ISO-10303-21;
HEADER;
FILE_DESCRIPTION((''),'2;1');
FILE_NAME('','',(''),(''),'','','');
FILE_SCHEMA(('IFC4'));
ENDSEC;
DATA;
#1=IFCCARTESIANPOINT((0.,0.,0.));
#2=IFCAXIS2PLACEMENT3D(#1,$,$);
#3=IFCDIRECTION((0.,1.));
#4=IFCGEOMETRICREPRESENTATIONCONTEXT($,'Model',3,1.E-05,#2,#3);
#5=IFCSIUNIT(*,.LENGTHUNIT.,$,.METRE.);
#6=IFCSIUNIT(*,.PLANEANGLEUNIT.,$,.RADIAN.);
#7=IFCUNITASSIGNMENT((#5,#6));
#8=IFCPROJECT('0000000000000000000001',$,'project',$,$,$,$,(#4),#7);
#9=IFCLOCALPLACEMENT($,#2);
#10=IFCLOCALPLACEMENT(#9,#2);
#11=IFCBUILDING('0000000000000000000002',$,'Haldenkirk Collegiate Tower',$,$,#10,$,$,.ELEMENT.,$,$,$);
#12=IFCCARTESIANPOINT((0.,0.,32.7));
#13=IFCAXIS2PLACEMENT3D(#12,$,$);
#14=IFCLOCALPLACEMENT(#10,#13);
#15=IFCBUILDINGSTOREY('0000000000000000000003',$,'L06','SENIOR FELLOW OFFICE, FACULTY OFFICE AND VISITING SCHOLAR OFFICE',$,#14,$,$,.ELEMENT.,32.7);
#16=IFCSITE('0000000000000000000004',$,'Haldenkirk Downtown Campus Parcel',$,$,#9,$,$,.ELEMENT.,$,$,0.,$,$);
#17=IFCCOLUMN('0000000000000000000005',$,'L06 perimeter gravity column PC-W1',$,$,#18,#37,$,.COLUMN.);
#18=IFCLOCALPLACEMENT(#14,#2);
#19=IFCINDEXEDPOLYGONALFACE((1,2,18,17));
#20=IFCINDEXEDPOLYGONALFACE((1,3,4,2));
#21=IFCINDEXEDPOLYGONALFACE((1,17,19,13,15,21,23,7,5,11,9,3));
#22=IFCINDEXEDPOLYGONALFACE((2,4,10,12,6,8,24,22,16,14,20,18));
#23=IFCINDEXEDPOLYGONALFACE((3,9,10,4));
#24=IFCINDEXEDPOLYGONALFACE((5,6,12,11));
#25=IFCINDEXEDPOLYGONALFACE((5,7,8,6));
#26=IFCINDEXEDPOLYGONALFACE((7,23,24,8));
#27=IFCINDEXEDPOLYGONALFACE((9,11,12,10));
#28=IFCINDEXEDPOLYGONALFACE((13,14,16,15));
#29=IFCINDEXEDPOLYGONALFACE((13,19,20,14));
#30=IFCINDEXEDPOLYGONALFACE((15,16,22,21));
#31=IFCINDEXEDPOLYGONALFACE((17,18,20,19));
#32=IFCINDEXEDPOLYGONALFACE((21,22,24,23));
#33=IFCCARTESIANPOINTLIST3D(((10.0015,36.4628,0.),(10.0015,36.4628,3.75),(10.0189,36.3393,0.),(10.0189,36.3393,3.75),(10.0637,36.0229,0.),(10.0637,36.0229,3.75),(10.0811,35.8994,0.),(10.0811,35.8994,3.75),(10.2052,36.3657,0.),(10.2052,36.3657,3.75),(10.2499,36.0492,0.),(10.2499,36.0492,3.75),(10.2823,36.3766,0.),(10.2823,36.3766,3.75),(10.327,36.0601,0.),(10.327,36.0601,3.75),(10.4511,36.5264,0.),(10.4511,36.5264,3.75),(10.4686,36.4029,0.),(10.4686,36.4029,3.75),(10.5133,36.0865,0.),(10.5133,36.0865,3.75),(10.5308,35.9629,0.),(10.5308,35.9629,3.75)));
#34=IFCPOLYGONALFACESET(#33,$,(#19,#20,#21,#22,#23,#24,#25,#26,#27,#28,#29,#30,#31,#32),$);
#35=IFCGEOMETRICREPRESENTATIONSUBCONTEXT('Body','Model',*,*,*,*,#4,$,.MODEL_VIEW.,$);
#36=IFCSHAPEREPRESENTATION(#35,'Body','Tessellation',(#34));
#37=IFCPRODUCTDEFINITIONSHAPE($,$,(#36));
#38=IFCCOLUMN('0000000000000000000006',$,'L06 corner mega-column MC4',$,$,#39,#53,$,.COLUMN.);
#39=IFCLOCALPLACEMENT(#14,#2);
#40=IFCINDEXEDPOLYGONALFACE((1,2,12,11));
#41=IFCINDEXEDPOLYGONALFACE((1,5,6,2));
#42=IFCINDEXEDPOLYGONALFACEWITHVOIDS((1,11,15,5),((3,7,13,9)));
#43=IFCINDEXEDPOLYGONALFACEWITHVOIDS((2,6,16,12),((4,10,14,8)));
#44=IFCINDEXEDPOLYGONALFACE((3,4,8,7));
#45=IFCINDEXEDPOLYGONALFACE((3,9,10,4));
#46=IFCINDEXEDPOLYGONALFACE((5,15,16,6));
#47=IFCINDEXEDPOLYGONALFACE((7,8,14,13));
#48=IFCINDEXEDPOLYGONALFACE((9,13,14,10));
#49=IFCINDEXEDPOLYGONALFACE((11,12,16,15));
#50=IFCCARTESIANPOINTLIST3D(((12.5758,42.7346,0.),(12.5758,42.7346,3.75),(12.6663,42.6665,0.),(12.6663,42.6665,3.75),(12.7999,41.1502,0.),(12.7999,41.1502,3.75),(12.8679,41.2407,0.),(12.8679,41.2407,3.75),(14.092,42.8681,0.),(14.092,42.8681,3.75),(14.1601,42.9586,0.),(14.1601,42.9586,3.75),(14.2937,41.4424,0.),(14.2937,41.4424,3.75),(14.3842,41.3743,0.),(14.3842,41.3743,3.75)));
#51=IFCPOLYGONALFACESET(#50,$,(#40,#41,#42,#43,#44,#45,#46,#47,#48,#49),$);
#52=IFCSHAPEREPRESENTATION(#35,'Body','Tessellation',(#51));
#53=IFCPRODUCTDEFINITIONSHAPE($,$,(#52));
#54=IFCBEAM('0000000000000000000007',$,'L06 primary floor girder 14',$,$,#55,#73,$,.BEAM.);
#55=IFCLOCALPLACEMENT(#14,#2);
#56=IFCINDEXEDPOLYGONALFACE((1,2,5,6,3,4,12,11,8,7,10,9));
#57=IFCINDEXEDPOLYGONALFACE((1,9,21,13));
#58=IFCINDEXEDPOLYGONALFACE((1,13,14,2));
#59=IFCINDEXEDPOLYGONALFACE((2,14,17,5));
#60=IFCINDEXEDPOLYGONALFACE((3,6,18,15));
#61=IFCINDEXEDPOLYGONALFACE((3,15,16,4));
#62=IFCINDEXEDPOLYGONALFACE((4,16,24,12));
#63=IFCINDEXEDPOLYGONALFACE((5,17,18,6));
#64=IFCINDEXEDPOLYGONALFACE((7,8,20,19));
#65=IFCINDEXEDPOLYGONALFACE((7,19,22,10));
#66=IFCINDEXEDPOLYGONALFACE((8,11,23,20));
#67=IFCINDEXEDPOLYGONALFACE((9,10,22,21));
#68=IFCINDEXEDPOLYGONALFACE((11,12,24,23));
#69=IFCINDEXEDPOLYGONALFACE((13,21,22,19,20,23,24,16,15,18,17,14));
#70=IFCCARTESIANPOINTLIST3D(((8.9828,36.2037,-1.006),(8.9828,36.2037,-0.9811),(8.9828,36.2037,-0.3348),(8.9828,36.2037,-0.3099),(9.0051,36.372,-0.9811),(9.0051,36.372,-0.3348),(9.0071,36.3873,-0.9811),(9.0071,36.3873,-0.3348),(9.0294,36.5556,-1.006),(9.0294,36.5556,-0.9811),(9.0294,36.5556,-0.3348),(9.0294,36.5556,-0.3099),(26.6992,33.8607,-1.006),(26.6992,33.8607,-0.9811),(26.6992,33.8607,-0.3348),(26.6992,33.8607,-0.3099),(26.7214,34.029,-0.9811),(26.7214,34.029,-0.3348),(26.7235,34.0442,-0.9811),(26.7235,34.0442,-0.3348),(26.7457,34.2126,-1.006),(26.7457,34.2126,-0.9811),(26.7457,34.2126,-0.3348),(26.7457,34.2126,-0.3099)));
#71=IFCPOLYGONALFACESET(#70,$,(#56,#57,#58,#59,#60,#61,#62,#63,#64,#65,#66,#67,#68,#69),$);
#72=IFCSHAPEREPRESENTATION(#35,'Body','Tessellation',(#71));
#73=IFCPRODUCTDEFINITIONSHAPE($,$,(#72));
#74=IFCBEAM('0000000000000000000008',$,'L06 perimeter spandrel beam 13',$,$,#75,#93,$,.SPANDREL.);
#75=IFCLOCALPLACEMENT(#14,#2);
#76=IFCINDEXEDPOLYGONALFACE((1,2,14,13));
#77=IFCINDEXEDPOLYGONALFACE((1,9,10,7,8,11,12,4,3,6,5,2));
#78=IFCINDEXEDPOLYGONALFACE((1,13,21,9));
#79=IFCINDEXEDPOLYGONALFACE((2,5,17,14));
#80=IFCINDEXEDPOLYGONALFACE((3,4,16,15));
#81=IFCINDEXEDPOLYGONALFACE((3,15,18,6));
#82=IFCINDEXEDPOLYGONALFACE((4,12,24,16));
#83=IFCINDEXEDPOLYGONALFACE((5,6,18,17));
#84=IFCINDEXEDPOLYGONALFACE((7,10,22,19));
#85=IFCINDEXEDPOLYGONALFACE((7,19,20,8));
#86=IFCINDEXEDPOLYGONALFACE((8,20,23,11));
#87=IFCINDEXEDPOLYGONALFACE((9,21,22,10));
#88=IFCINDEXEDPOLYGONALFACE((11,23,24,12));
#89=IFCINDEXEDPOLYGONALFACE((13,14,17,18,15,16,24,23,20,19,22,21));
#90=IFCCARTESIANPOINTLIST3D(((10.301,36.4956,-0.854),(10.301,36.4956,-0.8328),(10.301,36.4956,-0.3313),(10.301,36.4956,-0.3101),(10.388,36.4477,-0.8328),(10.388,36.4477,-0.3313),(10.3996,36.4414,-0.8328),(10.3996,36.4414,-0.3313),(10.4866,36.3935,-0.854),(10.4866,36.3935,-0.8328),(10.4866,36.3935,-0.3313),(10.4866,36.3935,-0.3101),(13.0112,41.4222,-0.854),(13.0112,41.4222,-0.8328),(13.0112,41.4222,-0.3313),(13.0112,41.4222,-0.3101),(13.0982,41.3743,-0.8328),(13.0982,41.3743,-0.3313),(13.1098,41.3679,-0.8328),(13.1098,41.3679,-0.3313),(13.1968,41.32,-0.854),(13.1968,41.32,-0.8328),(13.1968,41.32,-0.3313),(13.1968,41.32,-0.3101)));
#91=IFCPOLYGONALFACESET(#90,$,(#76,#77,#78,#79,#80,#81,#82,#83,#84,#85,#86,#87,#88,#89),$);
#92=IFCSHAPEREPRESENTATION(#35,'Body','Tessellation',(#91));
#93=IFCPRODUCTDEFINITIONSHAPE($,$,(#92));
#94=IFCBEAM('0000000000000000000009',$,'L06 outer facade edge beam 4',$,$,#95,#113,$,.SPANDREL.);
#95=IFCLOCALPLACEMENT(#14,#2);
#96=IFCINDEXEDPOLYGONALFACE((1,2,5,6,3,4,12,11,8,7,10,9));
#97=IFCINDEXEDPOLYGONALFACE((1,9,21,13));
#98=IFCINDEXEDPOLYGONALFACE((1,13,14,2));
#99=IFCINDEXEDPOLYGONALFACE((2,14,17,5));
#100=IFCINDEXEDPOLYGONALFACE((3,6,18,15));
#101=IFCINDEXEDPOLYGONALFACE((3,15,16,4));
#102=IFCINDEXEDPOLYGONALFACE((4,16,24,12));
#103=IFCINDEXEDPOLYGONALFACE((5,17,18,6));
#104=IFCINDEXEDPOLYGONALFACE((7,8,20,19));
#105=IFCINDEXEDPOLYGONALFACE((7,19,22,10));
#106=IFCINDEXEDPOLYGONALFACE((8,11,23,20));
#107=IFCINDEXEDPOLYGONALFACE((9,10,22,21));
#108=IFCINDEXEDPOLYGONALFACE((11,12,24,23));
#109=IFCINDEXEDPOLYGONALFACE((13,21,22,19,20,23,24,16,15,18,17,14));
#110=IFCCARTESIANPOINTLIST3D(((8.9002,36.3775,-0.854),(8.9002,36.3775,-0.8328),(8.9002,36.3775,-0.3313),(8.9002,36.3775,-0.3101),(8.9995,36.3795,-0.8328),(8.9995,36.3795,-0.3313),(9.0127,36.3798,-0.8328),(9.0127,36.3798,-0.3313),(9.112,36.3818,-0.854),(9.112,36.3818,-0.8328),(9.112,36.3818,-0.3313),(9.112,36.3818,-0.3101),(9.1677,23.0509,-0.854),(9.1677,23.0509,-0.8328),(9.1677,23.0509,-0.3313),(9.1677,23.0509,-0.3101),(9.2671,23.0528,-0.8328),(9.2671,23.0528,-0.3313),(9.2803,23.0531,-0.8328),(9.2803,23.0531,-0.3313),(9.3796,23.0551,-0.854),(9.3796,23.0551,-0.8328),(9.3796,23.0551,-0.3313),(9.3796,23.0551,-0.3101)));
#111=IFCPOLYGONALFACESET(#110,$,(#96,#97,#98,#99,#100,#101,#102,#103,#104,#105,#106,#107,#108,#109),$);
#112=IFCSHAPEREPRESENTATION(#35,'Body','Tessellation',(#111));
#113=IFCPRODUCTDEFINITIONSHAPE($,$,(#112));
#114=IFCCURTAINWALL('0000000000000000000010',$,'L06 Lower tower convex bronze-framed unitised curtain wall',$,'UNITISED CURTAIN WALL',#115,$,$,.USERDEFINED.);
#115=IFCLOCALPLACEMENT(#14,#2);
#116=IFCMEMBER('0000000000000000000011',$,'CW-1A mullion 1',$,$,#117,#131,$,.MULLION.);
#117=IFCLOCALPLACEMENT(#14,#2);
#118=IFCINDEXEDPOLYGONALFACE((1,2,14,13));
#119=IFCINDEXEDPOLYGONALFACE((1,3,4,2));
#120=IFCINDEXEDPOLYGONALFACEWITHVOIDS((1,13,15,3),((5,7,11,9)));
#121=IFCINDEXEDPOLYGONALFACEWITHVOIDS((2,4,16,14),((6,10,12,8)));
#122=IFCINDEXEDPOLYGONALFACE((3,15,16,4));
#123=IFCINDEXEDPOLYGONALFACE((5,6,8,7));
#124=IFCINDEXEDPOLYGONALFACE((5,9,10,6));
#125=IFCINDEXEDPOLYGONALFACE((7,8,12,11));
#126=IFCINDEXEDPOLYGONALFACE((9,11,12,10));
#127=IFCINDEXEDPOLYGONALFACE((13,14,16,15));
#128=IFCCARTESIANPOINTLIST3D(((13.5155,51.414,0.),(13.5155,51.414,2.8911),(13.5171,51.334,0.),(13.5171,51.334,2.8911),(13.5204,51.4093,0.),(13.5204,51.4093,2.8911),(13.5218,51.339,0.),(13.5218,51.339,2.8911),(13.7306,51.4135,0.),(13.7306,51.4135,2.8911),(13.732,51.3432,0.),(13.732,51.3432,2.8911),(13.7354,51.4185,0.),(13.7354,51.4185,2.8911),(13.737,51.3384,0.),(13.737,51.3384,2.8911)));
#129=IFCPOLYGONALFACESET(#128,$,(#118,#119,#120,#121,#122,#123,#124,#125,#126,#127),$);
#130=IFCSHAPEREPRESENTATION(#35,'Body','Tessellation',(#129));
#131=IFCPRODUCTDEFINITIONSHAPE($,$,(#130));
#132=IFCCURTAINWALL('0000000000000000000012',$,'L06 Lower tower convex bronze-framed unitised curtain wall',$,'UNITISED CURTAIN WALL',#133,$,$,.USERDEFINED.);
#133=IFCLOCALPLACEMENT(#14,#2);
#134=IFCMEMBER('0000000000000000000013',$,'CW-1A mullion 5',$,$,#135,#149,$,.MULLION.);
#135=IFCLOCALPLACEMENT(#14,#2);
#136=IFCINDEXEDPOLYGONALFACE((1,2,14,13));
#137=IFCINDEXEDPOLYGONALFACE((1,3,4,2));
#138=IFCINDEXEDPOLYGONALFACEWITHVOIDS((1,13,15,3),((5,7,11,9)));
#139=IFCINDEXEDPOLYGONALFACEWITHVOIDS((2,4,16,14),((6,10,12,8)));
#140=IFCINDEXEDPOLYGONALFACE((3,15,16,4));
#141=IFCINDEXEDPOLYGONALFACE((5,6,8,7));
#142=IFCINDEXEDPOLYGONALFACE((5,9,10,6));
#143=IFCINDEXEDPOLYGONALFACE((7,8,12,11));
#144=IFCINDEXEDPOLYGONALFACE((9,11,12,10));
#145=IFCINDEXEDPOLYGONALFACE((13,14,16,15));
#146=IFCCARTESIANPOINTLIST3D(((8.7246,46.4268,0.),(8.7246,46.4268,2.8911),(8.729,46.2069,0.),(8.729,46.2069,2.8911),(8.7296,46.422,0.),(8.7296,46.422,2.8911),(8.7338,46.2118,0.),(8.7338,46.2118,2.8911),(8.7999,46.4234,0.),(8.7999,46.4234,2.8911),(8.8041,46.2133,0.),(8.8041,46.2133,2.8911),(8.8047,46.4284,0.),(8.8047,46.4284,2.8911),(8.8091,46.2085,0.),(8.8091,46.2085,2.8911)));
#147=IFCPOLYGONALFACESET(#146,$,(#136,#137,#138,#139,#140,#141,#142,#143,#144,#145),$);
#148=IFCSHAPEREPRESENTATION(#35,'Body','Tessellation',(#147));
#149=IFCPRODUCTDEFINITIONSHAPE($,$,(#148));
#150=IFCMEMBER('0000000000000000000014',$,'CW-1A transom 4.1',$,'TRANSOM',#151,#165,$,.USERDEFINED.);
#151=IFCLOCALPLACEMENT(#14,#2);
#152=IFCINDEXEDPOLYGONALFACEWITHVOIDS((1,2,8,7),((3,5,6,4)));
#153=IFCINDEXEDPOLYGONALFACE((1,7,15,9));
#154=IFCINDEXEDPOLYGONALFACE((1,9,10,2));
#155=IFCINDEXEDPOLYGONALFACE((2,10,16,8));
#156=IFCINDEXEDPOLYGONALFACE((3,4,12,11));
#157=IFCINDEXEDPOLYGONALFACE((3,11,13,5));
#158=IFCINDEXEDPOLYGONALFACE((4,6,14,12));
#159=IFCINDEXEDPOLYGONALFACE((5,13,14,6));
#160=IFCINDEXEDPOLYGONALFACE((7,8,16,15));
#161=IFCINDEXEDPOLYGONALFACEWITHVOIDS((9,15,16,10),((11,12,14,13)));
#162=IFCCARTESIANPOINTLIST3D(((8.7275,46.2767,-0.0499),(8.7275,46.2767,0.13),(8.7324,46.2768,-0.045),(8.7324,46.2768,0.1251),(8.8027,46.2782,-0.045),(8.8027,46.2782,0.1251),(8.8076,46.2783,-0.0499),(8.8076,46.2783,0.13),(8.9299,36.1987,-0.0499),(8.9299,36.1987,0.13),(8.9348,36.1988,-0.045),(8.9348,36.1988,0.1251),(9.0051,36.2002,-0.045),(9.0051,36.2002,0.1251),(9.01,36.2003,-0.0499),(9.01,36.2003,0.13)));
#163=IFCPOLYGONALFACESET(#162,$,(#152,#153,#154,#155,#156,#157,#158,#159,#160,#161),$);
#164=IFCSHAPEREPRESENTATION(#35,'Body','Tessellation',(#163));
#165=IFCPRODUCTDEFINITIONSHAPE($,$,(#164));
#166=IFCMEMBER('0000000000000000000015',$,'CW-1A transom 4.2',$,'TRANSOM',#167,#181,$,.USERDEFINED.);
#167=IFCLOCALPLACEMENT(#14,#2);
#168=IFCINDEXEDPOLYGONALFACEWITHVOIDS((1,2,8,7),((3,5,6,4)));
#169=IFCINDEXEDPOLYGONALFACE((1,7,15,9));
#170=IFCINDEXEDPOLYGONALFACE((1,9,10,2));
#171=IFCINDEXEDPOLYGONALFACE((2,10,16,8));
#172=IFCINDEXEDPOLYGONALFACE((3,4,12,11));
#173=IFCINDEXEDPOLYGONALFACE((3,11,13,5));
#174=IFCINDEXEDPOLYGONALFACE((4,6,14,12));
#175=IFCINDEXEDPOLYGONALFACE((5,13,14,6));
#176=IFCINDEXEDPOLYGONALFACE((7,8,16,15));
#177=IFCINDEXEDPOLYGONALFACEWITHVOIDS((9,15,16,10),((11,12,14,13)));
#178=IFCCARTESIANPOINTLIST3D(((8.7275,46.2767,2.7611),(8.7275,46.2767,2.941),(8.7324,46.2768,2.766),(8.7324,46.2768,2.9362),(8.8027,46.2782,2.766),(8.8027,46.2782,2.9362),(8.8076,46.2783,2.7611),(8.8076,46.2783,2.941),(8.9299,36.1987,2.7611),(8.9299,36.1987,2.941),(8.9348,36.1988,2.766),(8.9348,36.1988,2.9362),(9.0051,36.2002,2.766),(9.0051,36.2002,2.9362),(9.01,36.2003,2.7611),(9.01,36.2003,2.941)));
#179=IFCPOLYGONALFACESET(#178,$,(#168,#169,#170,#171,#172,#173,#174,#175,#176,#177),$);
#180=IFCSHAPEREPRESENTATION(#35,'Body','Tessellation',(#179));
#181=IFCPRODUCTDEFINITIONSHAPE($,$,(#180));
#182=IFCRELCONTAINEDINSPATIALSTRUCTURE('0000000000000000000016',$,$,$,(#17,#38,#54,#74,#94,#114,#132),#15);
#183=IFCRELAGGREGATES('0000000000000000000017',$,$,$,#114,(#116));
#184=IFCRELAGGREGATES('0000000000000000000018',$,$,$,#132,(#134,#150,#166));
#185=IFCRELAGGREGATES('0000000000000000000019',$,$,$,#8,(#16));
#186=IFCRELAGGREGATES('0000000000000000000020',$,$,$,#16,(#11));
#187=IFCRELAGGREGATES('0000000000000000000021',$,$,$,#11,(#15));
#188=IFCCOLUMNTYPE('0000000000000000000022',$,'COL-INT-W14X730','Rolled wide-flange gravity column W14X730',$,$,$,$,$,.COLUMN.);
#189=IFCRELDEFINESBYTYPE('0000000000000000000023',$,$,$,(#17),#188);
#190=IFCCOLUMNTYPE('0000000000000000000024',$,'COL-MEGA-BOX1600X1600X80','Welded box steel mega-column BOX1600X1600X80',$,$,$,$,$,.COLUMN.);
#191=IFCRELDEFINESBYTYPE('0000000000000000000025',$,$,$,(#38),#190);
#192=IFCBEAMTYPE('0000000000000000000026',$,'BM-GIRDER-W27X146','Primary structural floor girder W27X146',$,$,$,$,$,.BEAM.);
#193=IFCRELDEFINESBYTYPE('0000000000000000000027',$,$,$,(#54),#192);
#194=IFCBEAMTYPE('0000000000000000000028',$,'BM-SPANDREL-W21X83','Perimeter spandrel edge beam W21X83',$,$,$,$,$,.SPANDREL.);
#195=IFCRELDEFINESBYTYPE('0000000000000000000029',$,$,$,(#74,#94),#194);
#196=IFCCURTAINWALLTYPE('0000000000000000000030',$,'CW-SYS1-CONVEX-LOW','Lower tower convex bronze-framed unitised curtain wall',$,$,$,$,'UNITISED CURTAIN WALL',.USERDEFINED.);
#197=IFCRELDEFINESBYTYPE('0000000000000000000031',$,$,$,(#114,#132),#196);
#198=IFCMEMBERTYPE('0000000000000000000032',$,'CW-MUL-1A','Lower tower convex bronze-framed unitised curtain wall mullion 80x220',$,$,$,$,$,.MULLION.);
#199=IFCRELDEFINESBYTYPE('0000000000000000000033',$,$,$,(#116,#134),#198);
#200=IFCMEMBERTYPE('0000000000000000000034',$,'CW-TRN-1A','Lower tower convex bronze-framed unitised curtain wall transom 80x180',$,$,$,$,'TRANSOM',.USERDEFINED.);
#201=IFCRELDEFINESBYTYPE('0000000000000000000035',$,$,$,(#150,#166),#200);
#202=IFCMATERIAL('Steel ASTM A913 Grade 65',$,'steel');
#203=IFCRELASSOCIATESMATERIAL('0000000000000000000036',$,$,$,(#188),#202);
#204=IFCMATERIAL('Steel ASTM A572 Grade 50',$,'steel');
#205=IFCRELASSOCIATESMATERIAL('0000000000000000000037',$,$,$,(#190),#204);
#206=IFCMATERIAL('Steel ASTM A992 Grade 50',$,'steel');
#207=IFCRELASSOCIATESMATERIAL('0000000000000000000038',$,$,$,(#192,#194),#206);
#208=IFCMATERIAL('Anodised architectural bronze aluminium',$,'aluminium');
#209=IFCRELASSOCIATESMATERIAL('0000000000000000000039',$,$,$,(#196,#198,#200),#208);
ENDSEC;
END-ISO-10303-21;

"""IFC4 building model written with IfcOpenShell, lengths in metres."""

from ifc_helpers import new_model, si_unit, direction, frame, origin, origin_2d, place, context, subcontext, project, spatial, hollow_rectangle, i_section, extrude, material, material_profile, profile_set, type_object, element, aggregate, save


model = new_model("IFC4")

# Units and contexts
model_context = context("Model", 3, precision=1e-05, world=origin(), true_north=direction((0.0, 1.0)))
body_context = subcontext(model_context, "Body", "Model", "MODEL_VIEW")
ifc_project = project(units=[si_unit("LENGTHUNIT", "METRE"), si_unit("PLANEANGLEUNIT", "RADIAN")], contexts=[model_context])

# Site, building, storey
site_placement = place(None, origin())
site = spatial("IfcSite", under=ifc_project, at=site_placement, Name="Haldenkirk Downtown Campus Parcel", CompositionType="ELEMENT", RefElevation=0.0)
building_placement = place(site_placement, origin())
building = spatial("IfcBuilding", under=site, at=building_placement, Name="Haldenkirk Collegiate Tower", CompositionType="ELEMENT")
storey_placement = place(building_placement, frame((0.0, 0.0, 32.7)))
storey = spatial("IfcBuildingStorey", under=building, at=storey_placement, Name="L06", Description="SENIOR FELLOW OFFICE, FACULTY OFFICE AND VISITING SCHOLAR OFFICE", CompositionType="ELEMENT", Elevation=32.7)

# Columns
ifc_material_1 = material(Name="Steel ASTM A913 Grade 65", Category="steel")
ifc_material_profile_1 = material_profile(ifc_material_1, i_section(OverallWidth=0.4541, OverallDepth=0.5691, WebThickness=0.0779, FlangeThickness=0.1248, at=origin_2d()), Name="W14X730")
ifc_profile_set_1 = profile_set([ifc_material_profile_1], Name="Steel ASTM A913 Grade 65")
column_type_1 = type_object("IfcColumnType", Name="COL-INT-W14X730", Description="Rolled wide-flange gravity column W14X730", PredefinedType="COLUMN", material=ifc_profile_set_1)
column_1_placement = place(storey_placement, frame((10.2661, 36.2129, 0.0), z_axis=(0.0, 0.0, 1.0), x_axis=(0.990146, 0.140037, 0.0)))
element("IfcColumn", 1, at=column_1_placement, inside=storey, type_object=column_type_1, Name="L06 perimeter gravity column PC-W1", PredefinedType="COLUMN", context=body_context, shape_type="SweptSolid", body=[
    extrude(i_section(OverallWidth=0.4541, OverallDepth=0.5691, WebThickness=0.0779, FlangeThickness=0.1248, at=origin_2d()), origin(), (0.0, 0.0, 1.0), 3.75),
])
ifc_material_2 = material(Name="Steel ASTM A572 Grade 50", Category="steel")
ifc_material_profile_2 = material_profile(ifc_material_2, hollow_rectangle(XDim=1.6001, YDim=1.6001, WallThickness=0.0801, at=origin_2d()), Name="BOX1600X1600X80")
ifc_profile_set_2 = profile_set([ifc_material_profile_2], Name="Steel ASTM A572 Grade 50")
column_type_2 = type_object("IfcColumnType", Name="COL-MEGA-BOX1600X1600X80", Description="Welded box steel mega-column BOX1600X1600X80", PredefinedType="COLUMN", material=ifc_profile_set_2)
column_2_placement = place(storey_placement, frame((13.48, 42.0544, 0.0), z_axis=(0.0, 0.0, 1.0), x_axis=(0.990146, 0.140037, 0.0)))
element("IfcColumn", 2, at=column_2_placement, inside=storey, type_object=column_type_2, Name="L06 corner mega-column MC4", PredefinedType="COLUMN", context=body_context, shape_type="SweptSolid", body=[
    extrude(hollow_rectangle(XDim=1.6001, YDim=1.6001, WallThickness=0.0801, at=origin_2d()), origin(), (0.0, 0.0, 1.0), 3.75),
])

# Beams
ifc_material_3 = material(Name="Steel ASTM A992 Grade 50", Category="steel")
ifc_material_profile_3 = material_profile(ifc_material_3, i_section(OverallWidth=0.355, OverallDepth=0.696, WebThickness=0.0154, FlangeThickness=0.0249, at=origin_2d()), Name="W27X146")
ifc_profile_set_3 = profile_set([ifc_material_profile_3], Name="Steel ASTM A992 Grade 50")
beam_type_1 = type_object("IfcBeamType", Name="BM-GIRDER-W27X146", Description="Primary structural floor girder W27X146", PredefinedType="BEAM", material=ifc_profile_set_3)
beam_1_placement = place(storey_placement, frame((9.0061, 36.3796, -0.658), z_axis=(0.991368, -0.13111, 0.0), x_axis=(0.13111, 0.991368, 0.0)))
element("IfcBeam", 3, at=beam_1_placement, inside=storey, type_object=beam_type_1, Name="L06 primary floor girder 14", PredefinedType="BEAM", context=body_context, shape_type="SweptSolid", body=[
    extrude(i_section(OverallWidth=0.355, OverallDepth=0.696, WebThickness=0.0154, FlangeThickness=0.0249, at=origin_2d()), origin(), (0.0, 0.0, 1.0), 17.8706),
])
ifc_material_profile_4 = material_profile(ifc_material_3, i_section(OverallWidth=0.2119, OverallDepth=0.5439, WebThickness=0.0132, FlangeThickness=0.0212, at=origin_2d()), Name="W21X83")
ifc_profile_set_4 = profile_set([ifc_material_profile_4], Name="Steel ASTM A992 Grade 50")
beam_type_2 = type_object("IfcBeamType", Name="BM-SPANDREL-W21X83", Description="Perimeter spandrel edge beam W21X83", PredefinedType="SPANDREL", material=ifc_profile_set_4)
beam_2_placement = place(storey_placement, frame((13.104, 41.3711, -0.582), z_axis=(-0.482004, -0.876169, 0.0), x_axis=(0.876169, -0.482004, 0.0)))
element("IfcBeam", 4, at=beam_2_placement, inside=storey, type_object=beam_type_2, Name="L06 perimeter spandrel beam 13", PredefinedType="SPANDREL", context=body_context, shape_type="SweptSolid", body=[
    extrude(i_section(OverallWidth=0.2119, OverallDepth=0.5439, WebThickness=0.0132, FlangeThickness=0.0212, at=origin_2d()), origin(), (0.0, 0.0, 1.0), 5.6228),
])
beam_3_placement = place(storey_placement, frame((9.0061, 36.3796, -0.582), z_axis=(0.020074, -0.999798, 0.0), x_axis=(0.999798, 0.020074, 0.0)))
element("IfcBeam", 5, at=beam_3_placement, inside=storey, type_object=beam_type_2, Name="L06 outer facade edge beam 4", PredefinedType="SPANDREL", context=body_context, shape_type="SweptSolid", body=[
    extrude(i_section(OverallWidth=0.2119, OverallDepth=0.5439, WebThickness=0.0132, FlangeThickness=0.0212, at=origin_2d()), origin(), (0.0, 0.0, 1.0), 13.3293),
])

# Curtain wall, member
ifc_material_4 = material(Name="Anodised architectural bronze aluminium", Category="aluminium")
curtain_wall_type = type_object("IfcCurtainWallType", Name="CW-SYS1-CONVEX-LOW", Description="Lower tower convex bronze-framed unitised curtain wall", ElementType="UNITISED CURTAIN WALL", PredefinedType="USERDEFINED", material=ifc_material_4)
curtain_wall_1_placement = place(storey_placement, origin())
curtain_wall_1 = element("IfcCurtainWall", 6, at=curtain_wall_1_placement, inside=storey, type_object=curtain_wall_type, Name="L06 Lower tower convex bronze-framed unitised curtain wall", ObjectType="UNITISED CURTAIN WALL", PredefinedType="USERDEFINED")
ifc_material_profile_5 = material_profile(ifc_material_4, hollow_rectangle(XDim=0.0801, YDim=0.22, WallThickness=0.0049, at=origin_2d()), Name="CW-MUL-1A")
ifc_profile_set_5 = profile_set([ifc_material_profile_5], Name="Anodised architectural bronze aluminium")
member_type_1 = type_object("IfcMemberType", Name="CW-MUL-1A", Description="Lower tower convex bronze-framed unitised curtain wall mullion 80x220", PredefinedType="MULLION", material=ifc_profile_set_5)
member_1_placement = place(storey_placement, frame((13.6262, 51.3762, 0.0), z_axis=(0.0, 0.0, 1.0), x_axis=(-0.020068, 0.999799, 0.0)))
member_1 = element("IfcMember", 7, at=member_1_placement, type_object=member_type_1, Name="CW-1A mullion 1", PredefinedType="MULLION", context=body_context, shape_type="SweptSolid", body=[
    extrude(hollow_rectangle(XDim=0.0801, YDim=0.22, WallThickness=0.0049, at=origin_2d()), origin(), (0.0, 0.0, 1.0), 2.8911),
])
aggregate(curtain_wall_1, [member_1])

# Curtain wall, members
curtain_wall_2_placement = place(storey_placement, origin())
curtain_wall_2 = element("IfcCurtainWall", 8, at=curtain_wall_2_placement, inside=storey, type_object=curtain_wall_type, Name="L06 Lower tower convex bronze-framed unitised curtain wall", ObjectType="UNITISED CURTAIN WALL", PredefinedType="USERDEFINED")
member_2_placement = place(storey_placement, frame((8.7668, 46.3176, 0.0), z_axis=(0.0, 0.0, 1.0), x_axis=(-0.999799, -0.020069, 0.0)))
member_2 = element("IfcMember", 9, at=member_2_placement, type_object=member_type_1, Name="CW-1A mullion 5", PredefinedType="MULLION", context=body_context, shape_type="SweptSolid", body=[
    extrude(hollow_rectangle(XDim=0.0801, YDim=0.22, WallThickness=0.0049, at=origin_2d()), origin(), (0.0, 0.0, 1.0), 2.8911),
])
ifc_material_profile_6 = material_profile(ifc_material_4, hollow_rectangle(XDim=0.0801, YDim=0.1799, WallThickness=0.0049, at=origin_2d()), Name="CW-TRN-1A")
ifc_profile_set_6 = profile_set([ifc_material_profile_6], Name="Anodised architectural bronze aluminium")
member_type_2 = type_object("IfcMemberType", Name="CW-TRN-1A", Description="Lower tower convex bronze-framed unitised curtain wall transom 80x180", ElementType="TRANSOM", PredefinedType="USERDEFINED", material=ifc_profile_set_6)
member_3_placement = place(storey_placement, frame((8.97, 36.1995, 0.04), z_axis=(-0.020078, 0.999798, 0.0), x_axis=(-0.999798, -0.020078, 0.0)))
member_3 = element("IfcMember", 10, at=member_3_placement, type_object=member_type_2, Name="CW-1A transom 4.1", ObjectType="TRANSOM", PredefinedType="USERDEFINED", context=body_context, shape_type="SweptSolid", body=[
    extrude(hollow_rectangle(XDim=0.0801, YDim=0.1799, WallThickness=0.0049, at=origin_2d()), origin(), (0.0, 0.0, 1.0), 10.0801),
])
member_4_placement = place(storey_placement, frame((8.97, 36.1995, 2.8511), z_axis=(-0.020078, 0.999798, 0.0), x_axis=(-0.999798, -0.020078, 0.0)))
member_4 = element("IfcMember", 11, at=member_4_placement, type_object=member_type_2, Name="CW-1A transom 4.2", ObjectType="TRANSOM", PredefinedType="USERDEFINED", context=body_context, shape_type="SweptSolid", body=[
    extrude(hollow_rectangle(XDim=0.0801, YDim=0.1799, WallThickness=0.0049, at=origin_2d()), origin(), (0.0, 0.0, 1.0), 10.0801),
])
aggregate(curtain_wall_2, [member_2, member_3, member_4])

save(model, "model.ifc")
